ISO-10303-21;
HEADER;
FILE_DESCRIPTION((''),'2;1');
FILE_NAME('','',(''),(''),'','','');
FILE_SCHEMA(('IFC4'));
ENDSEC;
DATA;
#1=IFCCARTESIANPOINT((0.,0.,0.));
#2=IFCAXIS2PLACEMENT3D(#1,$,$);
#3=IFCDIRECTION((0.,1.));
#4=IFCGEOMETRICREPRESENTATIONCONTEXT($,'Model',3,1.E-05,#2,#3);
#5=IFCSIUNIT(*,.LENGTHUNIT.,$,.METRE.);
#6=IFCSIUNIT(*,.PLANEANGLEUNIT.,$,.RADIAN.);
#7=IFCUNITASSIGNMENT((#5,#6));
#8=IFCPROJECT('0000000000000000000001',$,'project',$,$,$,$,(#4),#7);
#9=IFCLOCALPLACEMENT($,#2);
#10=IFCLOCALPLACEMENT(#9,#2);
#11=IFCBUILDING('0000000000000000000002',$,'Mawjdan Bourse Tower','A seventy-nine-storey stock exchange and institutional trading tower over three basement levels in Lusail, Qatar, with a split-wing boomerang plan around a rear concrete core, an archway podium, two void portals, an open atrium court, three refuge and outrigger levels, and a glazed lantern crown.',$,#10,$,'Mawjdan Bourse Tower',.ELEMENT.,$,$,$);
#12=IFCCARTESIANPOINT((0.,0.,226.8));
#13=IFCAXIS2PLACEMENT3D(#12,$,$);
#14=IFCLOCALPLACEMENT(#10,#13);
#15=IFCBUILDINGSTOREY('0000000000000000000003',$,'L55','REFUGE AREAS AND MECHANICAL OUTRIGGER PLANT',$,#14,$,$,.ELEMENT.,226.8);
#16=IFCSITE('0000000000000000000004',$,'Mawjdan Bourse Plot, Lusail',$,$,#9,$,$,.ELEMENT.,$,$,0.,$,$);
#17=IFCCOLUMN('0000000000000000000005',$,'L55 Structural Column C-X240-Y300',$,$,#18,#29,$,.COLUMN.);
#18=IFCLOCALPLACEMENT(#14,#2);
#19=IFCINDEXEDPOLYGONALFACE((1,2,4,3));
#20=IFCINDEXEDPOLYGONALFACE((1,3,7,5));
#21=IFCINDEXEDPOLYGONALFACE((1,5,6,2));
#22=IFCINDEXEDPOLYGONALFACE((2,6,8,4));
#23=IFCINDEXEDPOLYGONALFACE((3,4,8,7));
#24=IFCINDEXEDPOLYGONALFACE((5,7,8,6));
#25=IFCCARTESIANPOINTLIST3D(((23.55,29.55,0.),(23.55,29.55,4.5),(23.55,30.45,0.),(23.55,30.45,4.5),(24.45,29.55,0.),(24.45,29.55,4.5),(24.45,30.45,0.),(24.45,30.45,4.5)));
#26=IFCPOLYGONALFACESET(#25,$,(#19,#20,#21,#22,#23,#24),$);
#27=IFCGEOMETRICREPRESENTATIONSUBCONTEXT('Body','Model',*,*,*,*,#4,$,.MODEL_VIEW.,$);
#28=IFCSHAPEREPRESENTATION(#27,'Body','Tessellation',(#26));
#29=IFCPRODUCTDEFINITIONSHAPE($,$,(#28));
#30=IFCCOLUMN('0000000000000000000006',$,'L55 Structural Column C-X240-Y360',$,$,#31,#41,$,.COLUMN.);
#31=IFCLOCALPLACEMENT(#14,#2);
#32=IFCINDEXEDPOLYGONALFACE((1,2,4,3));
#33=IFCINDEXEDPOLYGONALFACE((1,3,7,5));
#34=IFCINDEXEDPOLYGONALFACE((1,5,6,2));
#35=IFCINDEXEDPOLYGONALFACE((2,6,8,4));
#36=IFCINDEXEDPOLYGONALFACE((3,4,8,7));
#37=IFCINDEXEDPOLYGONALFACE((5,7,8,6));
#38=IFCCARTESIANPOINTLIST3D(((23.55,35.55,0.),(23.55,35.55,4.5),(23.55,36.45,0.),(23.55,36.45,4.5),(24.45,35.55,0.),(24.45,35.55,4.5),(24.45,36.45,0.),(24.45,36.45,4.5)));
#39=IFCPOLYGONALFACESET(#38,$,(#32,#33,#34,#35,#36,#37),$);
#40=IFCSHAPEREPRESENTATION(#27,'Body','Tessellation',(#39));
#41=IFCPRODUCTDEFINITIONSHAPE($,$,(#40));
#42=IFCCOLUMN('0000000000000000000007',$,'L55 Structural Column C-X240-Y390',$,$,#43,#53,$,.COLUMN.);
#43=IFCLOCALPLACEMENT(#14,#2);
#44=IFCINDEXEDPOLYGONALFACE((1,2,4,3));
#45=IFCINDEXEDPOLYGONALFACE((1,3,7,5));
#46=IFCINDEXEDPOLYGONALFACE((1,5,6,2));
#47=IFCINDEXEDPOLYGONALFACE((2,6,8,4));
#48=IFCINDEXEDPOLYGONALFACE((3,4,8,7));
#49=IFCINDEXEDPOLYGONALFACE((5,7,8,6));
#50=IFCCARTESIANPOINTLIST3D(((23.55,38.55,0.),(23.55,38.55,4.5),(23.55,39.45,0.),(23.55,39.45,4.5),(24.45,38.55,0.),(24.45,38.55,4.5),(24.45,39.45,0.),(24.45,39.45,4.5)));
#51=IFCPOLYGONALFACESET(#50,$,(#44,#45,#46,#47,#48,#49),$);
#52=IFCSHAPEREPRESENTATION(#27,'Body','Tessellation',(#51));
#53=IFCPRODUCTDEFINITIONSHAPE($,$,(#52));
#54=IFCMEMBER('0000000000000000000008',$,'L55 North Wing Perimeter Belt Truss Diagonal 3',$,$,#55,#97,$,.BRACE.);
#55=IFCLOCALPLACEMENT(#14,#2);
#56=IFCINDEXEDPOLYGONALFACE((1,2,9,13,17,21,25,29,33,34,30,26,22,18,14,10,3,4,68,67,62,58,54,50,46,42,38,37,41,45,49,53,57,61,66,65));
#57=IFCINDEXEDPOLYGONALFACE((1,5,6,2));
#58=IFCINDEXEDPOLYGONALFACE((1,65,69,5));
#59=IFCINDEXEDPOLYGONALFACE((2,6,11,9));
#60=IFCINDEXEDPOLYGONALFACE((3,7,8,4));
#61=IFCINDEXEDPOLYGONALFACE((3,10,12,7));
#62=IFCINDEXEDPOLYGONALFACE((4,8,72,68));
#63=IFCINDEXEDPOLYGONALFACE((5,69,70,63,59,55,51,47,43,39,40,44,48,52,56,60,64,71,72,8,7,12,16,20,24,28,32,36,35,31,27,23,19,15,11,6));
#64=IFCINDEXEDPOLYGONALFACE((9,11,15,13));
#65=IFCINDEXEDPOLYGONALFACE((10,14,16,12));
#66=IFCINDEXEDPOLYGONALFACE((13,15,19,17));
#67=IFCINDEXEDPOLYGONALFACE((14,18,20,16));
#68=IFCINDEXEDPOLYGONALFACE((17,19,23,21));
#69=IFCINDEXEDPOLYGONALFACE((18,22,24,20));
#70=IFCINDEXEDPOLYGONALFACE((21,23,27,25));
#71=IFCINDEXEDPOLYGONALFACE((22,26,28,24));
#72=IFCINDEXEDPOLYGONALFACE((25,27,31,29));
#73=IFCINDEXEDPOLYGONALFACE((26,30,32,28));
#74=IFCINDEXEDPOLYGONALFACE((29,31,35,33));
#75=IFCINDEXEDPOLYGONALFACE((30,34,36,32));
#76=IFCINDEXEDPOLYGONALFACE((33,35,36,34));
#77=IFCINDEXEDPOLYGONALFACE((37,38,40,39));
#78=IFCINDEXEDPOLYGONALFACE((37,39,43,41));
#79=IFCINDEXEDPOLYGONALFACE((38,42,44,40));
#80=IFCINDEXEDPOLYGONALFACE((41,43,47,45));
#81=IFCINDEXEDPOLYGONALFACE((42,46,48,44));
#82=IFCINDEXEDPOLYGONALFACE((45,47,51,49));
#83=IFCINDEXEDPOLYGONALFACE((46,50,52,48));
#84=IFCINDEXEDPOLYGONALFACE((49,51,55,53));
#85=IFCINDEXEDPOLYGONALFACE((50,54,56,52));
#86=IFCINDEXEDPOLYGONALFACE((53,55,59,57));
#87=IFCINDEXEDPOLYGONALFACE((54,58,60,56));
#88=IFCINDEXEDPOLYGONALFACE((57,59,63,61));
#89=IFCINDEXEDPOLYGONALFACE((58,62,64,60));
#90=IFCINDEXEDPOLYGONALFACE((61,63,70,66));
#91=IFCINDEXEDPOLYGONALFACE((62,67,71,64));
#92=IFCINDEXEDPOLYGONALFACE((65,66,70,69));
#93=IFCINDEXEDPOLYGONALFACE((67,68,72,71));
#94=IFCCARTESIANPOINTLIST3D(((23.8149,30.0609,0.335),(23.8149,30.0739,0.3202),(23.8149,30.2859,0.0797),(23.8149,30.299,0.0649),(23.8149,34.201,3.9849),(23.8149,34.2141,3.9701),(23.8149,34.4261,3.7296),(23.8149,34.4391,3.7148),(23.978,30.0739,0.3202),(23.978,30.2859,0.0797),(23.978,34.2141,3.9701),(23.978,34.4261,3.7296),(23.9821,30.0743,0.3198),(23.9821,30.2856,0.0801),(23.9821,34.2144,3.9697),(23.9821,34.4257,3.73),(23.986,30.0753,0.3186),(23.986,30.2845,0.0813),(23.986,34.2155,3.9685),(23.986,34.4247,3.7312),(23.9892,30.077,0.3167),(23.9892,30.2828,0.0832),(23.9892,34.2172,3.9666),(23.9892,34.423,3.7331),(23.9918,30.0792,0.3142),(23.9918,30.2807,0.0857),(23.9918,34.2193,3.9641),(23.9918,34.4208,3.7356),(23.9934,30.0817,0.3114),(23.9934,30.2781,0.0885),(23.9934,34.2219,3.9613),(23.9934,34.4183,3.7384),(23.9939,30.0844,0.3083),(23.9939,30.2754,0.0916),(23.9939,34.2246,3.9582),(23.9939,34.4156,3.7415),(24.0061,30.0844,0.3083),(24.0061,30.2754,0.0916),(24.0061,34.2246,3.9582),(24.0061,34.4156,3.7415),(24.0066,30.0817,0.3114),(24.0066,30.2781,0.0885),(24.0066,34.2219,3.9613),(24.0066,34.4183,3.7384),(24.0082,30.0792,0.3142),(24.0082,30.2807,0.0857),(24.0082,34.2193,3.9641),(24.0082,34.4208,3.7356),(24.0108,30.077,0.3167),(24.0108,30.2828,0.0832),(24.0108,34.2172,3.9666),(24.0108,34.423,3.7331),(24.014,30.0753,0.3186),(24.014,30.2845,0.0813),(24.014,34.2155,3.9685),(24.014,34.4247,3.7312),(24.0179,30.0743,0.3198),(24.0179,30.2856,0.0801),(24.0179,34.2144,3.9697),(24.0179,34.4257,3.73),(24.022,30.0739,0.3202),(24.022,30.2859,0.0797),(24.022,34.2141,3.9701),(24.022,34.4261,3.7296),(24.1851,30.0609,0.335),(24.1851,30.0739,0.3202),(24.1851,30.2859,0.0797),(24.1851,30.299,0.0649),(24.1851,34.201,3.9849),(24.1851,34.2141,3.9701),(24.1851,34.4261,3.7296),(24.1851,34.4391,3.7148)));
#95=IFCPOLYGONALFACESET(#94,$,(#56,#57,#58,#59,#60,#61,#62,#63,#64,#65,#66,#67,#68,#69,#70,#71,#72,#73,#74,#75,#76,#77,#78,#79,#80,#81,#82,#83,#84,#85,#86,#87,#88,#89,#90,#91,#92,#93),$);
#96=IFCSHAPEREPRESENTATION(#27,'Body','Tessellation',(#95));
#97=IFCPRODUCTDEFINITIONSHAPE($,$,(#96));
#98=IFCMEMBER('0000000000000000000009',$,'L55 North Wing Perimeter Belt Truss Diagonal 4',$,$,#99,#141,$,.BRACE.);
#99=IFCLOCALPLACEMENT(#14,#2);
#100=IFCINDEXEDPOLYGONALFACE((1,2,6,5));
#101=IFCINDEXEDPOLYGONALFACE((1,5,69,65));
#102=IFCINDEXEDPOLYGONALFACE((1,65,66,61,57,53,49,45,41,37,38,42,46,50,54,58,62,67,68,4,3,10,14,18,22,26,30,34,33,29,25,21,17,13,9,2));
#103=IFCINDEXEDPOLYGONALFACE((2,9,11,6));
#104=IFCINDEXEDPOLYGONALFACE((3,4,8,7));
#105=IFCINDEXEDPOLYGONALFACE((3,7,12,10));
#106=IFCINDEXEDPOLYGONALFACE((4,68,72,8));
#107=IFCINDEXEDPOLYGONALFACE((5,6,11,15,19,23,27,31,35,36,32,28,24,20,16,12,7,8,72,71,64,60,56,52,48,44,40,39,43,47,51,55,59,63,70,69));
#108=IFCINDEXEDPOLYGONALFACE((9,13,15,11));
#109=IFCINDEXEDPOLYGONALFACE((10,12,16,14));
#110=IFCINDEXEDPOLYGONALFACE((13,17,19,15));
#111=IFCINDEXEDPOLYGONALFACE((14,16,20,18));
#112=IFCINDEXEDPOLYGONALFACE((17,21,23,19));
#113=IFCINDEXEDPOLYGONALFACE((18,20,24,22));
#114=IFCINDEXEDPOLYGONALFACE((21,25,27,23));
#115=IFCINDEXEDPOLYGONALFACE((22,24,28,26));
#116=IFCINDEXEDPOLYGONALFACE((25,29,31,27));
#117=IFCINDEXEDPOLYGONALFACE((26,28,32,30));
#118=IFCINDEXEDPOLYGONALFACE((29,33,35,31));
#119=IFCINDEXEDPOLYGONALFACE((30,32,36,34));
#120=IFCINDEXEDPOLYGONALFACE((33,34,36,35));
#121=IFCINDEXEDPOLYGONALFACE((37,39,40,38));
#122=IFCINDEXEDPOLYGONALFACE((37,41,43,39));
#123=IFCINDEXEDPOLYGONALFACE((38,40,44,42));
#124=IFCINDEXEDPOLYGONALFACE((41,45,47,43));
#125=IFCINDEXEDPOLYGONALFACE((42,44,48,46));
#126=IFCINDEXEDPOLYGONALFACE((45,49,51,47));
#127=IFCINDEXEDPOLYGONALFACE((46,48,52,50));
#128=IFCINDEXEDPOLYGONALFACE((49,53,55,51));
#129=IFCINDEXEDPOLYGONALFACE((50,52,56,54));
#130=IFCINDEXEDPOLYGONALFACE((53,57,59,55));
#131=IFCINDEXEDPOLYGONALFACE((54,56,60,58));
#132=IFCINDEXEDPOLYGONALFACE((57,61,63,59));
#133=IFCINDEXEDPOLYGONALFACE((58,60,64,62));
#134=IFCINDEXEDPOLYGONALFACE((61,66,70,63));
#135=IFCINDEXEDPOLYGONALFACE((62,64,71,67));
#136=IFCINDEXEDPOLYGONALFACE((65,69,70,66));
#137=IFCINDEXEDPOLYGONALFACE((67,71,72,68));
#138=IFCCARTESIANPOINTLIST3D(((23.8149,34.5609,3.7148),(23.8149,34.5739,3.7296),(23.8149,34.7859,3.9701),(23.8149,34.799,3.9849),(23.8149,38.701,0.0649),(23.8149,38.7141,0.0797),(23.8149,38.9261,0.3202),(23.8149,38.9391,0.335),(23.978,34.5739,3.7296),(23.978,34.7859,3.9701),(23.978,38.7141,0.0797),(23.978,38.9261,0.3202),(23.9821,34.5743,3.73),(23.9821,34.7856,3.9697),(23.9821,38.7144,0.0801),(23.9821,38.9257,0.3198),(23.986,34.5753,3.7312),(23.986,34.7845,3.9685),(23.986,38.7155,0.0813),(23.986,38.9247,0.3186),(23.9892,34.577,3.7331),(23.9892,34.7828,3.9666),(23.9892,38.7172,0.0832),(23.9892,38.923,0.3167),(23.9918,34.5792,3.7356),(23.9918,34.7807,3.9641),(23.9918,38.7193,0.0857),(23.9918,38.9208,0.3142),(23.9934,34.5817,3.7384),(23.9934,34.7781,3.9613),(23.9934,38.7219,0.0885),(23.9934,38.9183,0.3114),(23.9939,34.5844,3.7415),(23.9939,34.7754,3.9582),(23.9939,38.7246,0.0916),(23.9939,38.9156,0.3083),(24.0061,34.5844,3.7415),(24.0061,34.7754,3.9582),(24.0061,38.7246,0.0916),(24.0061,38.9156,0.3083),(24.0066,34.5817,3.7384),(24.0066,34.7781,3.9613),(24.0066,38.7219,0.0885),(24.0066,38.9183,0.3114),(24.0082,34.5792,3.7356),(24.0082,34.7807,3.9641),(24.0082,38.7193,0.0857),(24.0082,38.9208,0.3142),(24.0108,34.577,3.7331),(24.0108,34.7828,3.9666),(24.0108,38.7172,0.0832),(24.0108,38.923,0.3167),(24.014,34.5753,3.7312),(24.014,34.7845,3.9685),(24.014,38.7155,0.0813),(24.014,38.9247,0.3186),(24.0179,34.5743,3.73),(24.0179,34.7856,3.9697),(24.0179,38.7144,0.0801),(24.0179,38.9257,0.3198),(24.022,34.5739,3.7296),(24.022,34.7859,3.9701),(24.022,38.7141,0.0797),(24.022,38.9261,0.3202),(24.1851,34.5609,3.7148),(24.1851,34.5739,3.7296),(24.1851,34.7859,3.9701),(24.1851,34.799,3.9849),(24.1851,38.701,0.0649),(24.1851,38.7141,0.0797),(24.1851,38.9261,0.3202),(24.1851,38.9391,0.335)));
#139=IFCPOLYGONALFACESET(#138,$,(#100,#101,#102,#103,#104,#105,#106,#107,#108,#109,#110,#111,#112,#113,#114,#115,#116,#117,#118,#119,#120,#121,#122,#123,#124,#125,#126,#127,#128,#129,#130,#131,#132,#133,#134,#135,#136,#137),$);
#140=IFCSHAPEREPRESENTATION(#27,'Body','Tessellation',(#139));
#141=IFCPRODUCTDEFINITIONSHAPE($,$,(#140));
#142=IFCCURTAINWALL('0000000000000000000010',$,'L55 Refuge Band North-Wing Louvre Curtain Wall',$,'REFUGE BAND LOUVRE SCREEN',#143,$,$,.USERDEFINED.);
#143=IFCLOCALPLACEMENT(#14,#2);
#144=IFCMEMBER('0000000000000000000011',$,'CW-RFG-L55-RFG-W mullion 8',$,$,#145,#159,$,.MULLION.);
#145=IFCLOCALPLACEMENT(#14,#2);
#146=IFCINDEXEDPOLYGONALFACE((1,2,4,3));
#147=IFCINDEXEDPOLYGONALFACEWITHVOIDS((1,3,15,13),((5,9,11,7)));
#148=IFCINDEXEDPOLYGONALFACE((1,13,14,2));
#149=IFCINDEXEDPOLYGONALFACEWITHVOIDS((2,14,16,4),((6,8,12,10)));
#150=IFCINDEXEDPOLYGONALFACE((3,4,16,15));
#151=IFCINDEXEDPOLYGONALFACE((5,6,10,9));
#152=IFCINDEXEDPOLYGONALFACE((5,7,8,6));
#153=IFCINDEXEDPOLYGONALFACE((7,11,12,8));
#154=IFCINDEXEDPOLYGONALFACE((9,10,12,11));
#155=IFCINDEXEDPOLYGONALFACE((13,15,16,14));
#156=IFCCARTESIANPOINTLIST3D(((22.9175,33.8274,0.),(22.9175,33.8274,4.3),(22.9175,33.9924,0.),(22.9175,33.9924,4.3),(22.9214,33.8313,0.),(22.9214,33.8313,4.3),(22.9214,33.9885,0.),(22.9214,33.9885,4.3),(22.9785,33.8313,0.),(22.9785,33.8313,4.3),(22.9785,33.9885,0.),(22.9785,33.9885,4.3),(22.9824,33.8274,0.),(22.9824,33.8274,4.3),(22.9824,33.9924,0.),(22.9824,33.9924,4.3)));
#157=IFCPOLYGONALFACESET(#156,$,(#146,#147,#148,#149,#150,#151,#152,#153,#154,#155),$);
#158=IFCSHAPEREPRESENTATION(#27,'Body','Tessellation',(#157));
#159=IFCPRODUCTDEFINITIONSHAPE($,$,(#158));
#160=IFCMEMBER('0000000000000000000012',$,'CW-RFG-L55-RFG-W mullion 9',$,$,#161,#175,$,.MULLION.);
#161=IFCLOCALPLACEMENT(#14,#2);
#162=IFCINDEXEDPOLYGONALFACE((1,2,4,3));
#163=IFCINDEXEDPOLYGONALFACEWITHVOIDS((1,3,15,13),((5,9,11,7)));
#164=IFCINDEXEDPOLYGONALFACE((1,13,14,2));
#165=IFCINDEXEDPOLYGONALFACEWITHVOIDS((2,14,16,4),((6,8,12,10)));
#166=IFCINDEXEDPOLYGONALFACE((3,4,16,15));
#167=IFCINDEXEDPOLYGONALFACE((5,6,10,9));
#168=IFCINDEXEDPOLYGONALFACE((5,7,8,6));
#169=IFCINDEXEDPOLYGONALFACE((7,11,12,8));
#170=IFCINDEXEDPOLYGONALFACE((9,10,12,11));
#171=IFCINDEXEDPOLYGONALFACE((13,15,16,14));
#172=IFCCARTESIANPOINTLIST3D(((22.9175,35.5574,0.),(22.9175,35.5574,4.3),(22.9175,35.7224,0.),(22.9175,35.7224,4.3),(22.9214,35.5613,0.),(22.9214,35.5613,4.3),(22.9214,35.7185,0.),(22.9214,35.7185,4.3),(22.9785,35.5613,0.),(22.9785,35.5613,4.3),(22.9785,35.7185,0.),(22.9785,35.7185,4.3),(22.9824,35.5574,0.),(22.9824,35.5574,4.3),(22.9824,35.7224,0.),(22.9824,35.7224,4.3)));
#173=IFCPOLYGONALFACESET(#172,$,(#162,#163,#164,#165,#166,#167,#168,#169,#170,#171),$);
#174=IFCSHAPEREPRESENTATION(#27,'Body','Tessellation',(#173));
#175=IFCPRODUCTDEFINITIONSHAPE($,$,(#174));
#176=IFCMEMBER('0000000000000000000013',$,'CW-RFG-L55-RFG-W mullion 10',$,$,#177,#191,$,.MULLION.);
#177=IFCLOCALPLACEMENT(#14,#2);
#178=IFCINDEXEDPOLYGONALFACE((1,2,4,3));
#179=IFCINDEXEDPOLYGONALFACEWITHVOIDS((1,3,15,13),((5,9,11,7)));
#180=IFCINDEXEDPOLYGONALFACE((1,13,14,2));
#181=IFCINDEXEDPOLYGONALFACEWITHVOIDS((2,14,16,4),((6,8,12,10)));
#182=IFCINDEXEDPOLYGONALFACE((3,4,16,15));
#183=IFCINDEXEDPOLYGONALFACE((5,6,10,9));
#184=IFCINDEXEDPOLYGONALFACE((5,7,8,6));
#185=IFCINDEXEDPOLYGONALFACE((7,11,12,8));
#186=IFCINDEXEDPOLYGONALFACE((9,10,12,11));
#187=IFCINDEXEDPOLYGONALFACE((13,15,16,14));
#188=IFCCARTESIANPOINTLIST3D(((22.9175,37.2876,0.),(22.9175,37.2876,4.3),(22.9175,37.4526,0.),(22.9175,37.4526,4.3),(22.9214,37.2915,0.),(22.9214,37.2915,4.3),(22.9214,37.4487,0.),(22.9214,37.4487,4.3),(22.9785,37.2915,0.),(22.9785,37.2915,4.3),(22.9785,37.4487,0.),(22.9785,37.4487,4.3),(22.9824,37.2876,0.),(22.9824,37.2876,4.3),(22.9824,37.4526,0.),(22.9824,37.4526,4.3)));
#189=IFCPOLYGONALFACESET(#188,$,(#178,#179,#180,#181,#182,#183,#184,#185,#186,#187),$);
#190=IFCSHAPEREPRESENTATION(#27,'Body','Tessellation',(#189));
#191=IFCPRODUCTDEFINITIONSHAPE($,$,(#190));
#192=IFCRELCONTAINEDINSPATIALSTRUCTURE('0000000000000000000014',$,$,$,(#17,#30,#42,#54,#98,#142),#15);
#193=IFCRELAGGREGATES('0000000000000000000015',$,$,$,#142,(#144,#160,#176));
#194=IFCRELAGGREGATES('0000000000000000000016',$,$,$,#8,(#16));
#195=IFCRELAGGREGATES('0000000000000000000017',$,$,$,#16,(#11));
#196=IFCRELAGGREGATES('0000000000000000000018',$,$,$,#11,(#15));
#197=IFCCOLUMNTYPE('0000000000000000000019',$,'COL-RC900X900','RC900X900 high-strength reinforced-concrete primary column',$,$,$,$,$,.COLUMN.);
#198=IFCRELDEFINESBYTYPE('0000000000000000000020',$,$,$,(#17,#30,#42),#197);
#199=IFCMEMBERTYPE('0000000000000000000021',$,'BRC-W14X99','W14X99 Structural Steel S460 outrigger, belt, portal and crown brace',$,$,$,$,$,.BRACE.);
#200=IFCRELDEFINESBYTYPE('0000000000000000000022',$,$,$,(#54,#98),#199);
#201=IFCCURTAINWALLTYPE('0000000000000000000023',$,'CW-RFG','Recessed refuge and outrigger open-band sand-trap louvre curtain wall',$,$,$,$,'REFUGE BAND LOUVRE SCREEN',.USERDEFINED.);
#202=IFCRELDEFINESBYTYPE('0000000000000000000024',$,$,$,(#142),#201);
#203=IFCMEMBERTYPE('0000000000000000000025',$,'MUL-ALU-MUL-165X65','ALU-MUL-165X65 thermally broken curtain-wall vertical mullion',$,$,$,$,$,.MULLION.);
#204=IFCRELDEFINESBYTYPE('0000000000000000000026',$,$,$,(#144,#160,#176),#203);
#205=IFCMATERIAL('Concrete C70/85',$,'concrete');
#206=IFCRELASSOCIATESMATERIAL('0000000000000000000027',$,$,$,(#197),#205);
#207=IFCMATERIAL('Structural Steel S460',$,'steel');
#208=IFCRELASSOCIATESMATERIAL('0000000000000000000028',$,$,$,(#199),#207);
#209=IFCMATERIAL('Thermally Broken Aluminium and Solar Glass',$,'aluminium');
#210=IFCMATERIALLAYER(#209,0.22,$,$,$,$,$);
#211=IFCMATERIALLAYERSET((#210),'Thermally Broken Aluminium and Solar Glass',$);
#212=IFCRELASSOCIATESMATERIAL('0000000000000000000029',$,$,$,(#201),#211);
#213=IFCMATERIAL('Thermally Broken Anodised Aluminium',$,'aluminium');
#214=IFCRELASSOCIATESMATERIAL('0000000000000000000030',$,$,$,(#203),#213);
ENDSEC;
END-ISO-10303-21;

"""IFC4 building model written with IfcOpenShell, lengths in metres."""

from ifc_helpers import new_model, si_unit, direction, frame, origin, origin_2d, place, context, subcontext, project, spatial, rectangle, hollow_rectangle, i_section, extrude, material, layer, layer_set, material_profile, profile_set, type_object, element, aggregate, save


model = new_model("IFC4")

# Units and contexts
model_context = context("Model", 3, precision=1e-05, world=origin(), true_north=direction((0.0, 1.0)))
body_context = subcontext(model_context, "Body", "Model", "MODEL_VIEW")
ifc_project = project(units=[si_unit("LENGTHUNIT", "METRE"), si_unit("PLANEANGLEUNIT", "RADIAN")], contexts=[model_context])

# Site, building, storey
site_placement = place(None, origin())
site = spatial("IfcSite", under=ifc_project, at=site_placement, Name="Mawjdan Bourse Plot, Lusail", CompositionType="ELEMENT", RefElevation=0.0)
building_placement = place(site_placement, origin())
building = spatial("IfcBuilding", under=site, at=building_placement, Name="Mawjdan Bourse Tower", Description="A seventy-nine-storey stock exchange and institutional trading tower over three basement levels in Lusail, Qatar, with a split-wing boomerang plan around a rear concrete core, an archway podium, two void portals, an open atrium court, three refuge and outrigger levels, and a glazed lantern crown.", LongName="Mawjdan Bourse Tower", CompositionType="ELEMENT")
storey_placement = place(building_placement, frame((0.0, 0.0, 226.8)))
storey = spatial("IfcBuildingStorey", under=building, at=storey_placement, Name="L55", Description="REFUGE AREAS AND MECHANICAL OUTRIGGER PLANT", CompositionType="ELEMENT", Elevation=226.8)

# Columns
ifc_material_1 = material(Name="Concrete C70/85", Category="concrete")
ifc_material_profile_1 = material_profile(ifc_material_1, rectangle(XDim=0.8999, YDim=0.8999, at=origin_2d()), Name="RC900X900")
ifc_profile_set_1 = profile_set([ifc_material_profile_1], Name="Concrete C70/85")
column_type = type_object("IfcColumnType", Name="COL-RC900X900", Description="RC900X900 high-strength reinforced-concrete primary column", PredefinedType="COLUMN", material=ifc_profile_set_1)
for number, where, z_axis, x_axis, name in (
    (1, (24.0, 30.0, 0.0), (0.0, 0.0, 1.0), (1.0, 0.0, 0.0), "L55 Structural Column C-X240-Y300"),
    (2, (24.0, 36.0, 0.0), (0.0, 0.0, 1.0), (1.0, 0.0, 0.0), "L55 Structural Column C-X240-Y360"),
    (3, (24.0, 39.0, 0.0), (0.0, 0.0, 1.0), (1.0, 0.0, 0.0), "L55 Structural Column C-X240-Y390"),
):
    element("IfcColumn", number, at=place(storey_placement, frame(where, z_axis=z_axis, x_axis=x_axis)), inside=storey, type_object=column_type, Name=name, PredefinedType="COLUMN", context=body_context, shape_type="SweptSolid", body=[
        extrude(rectangle(XDim=0.8999, YDim=0.8999, at=origin_2d()), origin(), (0.0, 0.0, 1.0), 4.5),
    ])

# Members
ifc_material_2 = material(Name="Structural Steel S460", Category="steel")
ifc_material_profile_2 = material_profile(ifc_material_2, i_section(OverallWidth=0.3701, OverallDepth=0.3601, WebThickness=0.0122, FlangeThickness=0.0198, FilletRadius=0.0159, at=origin_2d()), Name="W14X99")
ifc_profile_set_2 = profile_set([ifc_material_profile_2], Name="Structural Steel S460")
member_type_1 = type_object("IfcMemberType", Name="BRC-W14X99", Description="W14X99 Structural Steel S460 outrigger, belt, portal and crown brace", PredefinedType="BRACE", material=ifc_profile_set_2)
for number, where, z_axis, x_axis, name in (
    (4, (24.0, 30.1799, 0.2), (0.0, 0.750122, 0.6613), (-1.0, 0.0, 0.0), "L55 North Wing Perimeter Belt Truss Diagonal 3"),
    (5, (24.0, 34.6799, 3.8499), (0.0, 0.750122, -0.6613), (-1.0, 0.0, 0.0), "L55 North Wing Perimeter Belt Truss Diagonal 4"),
):
    element("IfcMember", number, at=place(storey_placement, frame(where, z_axis=z_axis, x_axis=x_axis)), inside=storey, type_object=member_type_1, Name=name, PredefinedType="BRACE", context=body_context, shape_type="SweptSolid", body=[
        extrude(i_section(OverallWidth=0.3701, OverallDepth=0.3601, WebThickness=0.0122, FlangeThickness=0.0198, FilletRadius=0.0159, at=origin_2d()), origin(), (0.0, 0.0, 1.0), 5.5193),
    ])

# Curtain wall, members
ifc_material_3 = material(Name="Thermally Broken Aluminium and Solar Glass", Category="aluminium")
ifc_layer_1 = layer(ifc_material_3, 0.22)
ifc_layer_set_1 = layer_set([ifc_layer_1], Name="Thermally Broken Aluminium and Solar Glass")
curtain_wall_type = type_object("IfcCurtainWallType", Name="CW-RFG", Description="Recessed refuge and outrigger open-band sand-trap louvre curtain wall", ElementType="REFUGE BAND LOUVRE SCREEN", PredefinedType="USERDEFINED", material=ifc_layer_set_1)
curtain_wall_placement = place(storey_placement, origin())
curtain_wall = element("IfcCurtainWall", 6, at=curtain_wall_placement, inside=storey, type_object=curtain_wall_type, Name="L55 Refuge Band North-Wing Louvre Curtain Wall", ObjectType="REFUGE BAND LOUVRE SCREEN", PredefinedType="USERDEFINED")
ifc_material_4 = material(Name="Thermally Broken Anodised Aluminium", Category="aluminium")
ifc_material_profile_3 = material_profile(ifc_material_4, hollow_rectangle(XDim=0.0649, YDim=0.165, WallThickness=0.0039, at=origin_2d()), Name="ALU-MUL-165X65")
ifc_profile_set_3 = profile_set([ifc_material_profile_3], Name="Thermally Broken Anodised Aluminium")
member_type_2 = type_object("IfcMemberType", Name="MUL-ALU-MUL-165X65", Description="ALU-MUL-165X65 thermally broken curtain-wall vertical mullion", PredefinedType="MULLION", material=ifc_profile_set_3)
member_1_placement = place(storey_placement, frame((22.95, 33.9099, 0.0), z_axis=(0.0, 0.0, 1.0), x_axis=(-1.0, 0.0, 0.0)))
member_1 = element("IfcMember", 7, at=member_1_placement, type_object=member_type_2, Name="CW-RFG-L55-RFG-W mullion 8", PredefinedType="MULLION", context=body_context, shape_type="SweptSolid", body=[
    extrude(hollow_rectangle(XDim=0.0649, YDim=0.165, WallThickness=0.0039, at=origin_2d()), origin(), (0.0, 0.0, 1.0), 4.3),
])
member_2_placement = place(storey_placement, frame((22.95, 35.6399, 0.0), z_axis=(0.0, 0.0, 1.0), x_axis=(-1.0, 0.0, 0.0)))
member_2 = element("IfcMember", 8, at=member_2_placement, type_object=member_type_2, Name="CW-RFG-L55-RFG-W mullion 9", PredefinedType="MULLION", context=body_context, shape_type="SweptSolid", body=[
    extrude(hollow_rectangle(XDim=0.0649, YDim=0.165, WallThickness=0.0039, at=origin_2d()), origin(), (0.0, 0.0, 1.0), 4.3),
])
member_3_placement = place(storey_placement, frame((22.95, 37.3701, 0.0), z_axis=(0.0, 0.0, 1.0), x_axis=(-1.0, 0.0, 0.0)))
member_3 = element("IfcMember", 9, at=member_3_placement, type_object=member_type_2, Name="CW-RFG-L55-RFG-W mullion 10", PredefinedType="MULLION", context=body_context, shape_type="SweptSolid", body=[
    extrude(hollow_rectangle(XDim=0.0649, YDim=0.165, WallThickness=0.0039, at=origin_2d()), origin(), (0.0, 0.0, 1.0), 4.3),
])

aggregate(curtain_wall, [member_1, member_2, member_3])

save(model, "model.ifc")
